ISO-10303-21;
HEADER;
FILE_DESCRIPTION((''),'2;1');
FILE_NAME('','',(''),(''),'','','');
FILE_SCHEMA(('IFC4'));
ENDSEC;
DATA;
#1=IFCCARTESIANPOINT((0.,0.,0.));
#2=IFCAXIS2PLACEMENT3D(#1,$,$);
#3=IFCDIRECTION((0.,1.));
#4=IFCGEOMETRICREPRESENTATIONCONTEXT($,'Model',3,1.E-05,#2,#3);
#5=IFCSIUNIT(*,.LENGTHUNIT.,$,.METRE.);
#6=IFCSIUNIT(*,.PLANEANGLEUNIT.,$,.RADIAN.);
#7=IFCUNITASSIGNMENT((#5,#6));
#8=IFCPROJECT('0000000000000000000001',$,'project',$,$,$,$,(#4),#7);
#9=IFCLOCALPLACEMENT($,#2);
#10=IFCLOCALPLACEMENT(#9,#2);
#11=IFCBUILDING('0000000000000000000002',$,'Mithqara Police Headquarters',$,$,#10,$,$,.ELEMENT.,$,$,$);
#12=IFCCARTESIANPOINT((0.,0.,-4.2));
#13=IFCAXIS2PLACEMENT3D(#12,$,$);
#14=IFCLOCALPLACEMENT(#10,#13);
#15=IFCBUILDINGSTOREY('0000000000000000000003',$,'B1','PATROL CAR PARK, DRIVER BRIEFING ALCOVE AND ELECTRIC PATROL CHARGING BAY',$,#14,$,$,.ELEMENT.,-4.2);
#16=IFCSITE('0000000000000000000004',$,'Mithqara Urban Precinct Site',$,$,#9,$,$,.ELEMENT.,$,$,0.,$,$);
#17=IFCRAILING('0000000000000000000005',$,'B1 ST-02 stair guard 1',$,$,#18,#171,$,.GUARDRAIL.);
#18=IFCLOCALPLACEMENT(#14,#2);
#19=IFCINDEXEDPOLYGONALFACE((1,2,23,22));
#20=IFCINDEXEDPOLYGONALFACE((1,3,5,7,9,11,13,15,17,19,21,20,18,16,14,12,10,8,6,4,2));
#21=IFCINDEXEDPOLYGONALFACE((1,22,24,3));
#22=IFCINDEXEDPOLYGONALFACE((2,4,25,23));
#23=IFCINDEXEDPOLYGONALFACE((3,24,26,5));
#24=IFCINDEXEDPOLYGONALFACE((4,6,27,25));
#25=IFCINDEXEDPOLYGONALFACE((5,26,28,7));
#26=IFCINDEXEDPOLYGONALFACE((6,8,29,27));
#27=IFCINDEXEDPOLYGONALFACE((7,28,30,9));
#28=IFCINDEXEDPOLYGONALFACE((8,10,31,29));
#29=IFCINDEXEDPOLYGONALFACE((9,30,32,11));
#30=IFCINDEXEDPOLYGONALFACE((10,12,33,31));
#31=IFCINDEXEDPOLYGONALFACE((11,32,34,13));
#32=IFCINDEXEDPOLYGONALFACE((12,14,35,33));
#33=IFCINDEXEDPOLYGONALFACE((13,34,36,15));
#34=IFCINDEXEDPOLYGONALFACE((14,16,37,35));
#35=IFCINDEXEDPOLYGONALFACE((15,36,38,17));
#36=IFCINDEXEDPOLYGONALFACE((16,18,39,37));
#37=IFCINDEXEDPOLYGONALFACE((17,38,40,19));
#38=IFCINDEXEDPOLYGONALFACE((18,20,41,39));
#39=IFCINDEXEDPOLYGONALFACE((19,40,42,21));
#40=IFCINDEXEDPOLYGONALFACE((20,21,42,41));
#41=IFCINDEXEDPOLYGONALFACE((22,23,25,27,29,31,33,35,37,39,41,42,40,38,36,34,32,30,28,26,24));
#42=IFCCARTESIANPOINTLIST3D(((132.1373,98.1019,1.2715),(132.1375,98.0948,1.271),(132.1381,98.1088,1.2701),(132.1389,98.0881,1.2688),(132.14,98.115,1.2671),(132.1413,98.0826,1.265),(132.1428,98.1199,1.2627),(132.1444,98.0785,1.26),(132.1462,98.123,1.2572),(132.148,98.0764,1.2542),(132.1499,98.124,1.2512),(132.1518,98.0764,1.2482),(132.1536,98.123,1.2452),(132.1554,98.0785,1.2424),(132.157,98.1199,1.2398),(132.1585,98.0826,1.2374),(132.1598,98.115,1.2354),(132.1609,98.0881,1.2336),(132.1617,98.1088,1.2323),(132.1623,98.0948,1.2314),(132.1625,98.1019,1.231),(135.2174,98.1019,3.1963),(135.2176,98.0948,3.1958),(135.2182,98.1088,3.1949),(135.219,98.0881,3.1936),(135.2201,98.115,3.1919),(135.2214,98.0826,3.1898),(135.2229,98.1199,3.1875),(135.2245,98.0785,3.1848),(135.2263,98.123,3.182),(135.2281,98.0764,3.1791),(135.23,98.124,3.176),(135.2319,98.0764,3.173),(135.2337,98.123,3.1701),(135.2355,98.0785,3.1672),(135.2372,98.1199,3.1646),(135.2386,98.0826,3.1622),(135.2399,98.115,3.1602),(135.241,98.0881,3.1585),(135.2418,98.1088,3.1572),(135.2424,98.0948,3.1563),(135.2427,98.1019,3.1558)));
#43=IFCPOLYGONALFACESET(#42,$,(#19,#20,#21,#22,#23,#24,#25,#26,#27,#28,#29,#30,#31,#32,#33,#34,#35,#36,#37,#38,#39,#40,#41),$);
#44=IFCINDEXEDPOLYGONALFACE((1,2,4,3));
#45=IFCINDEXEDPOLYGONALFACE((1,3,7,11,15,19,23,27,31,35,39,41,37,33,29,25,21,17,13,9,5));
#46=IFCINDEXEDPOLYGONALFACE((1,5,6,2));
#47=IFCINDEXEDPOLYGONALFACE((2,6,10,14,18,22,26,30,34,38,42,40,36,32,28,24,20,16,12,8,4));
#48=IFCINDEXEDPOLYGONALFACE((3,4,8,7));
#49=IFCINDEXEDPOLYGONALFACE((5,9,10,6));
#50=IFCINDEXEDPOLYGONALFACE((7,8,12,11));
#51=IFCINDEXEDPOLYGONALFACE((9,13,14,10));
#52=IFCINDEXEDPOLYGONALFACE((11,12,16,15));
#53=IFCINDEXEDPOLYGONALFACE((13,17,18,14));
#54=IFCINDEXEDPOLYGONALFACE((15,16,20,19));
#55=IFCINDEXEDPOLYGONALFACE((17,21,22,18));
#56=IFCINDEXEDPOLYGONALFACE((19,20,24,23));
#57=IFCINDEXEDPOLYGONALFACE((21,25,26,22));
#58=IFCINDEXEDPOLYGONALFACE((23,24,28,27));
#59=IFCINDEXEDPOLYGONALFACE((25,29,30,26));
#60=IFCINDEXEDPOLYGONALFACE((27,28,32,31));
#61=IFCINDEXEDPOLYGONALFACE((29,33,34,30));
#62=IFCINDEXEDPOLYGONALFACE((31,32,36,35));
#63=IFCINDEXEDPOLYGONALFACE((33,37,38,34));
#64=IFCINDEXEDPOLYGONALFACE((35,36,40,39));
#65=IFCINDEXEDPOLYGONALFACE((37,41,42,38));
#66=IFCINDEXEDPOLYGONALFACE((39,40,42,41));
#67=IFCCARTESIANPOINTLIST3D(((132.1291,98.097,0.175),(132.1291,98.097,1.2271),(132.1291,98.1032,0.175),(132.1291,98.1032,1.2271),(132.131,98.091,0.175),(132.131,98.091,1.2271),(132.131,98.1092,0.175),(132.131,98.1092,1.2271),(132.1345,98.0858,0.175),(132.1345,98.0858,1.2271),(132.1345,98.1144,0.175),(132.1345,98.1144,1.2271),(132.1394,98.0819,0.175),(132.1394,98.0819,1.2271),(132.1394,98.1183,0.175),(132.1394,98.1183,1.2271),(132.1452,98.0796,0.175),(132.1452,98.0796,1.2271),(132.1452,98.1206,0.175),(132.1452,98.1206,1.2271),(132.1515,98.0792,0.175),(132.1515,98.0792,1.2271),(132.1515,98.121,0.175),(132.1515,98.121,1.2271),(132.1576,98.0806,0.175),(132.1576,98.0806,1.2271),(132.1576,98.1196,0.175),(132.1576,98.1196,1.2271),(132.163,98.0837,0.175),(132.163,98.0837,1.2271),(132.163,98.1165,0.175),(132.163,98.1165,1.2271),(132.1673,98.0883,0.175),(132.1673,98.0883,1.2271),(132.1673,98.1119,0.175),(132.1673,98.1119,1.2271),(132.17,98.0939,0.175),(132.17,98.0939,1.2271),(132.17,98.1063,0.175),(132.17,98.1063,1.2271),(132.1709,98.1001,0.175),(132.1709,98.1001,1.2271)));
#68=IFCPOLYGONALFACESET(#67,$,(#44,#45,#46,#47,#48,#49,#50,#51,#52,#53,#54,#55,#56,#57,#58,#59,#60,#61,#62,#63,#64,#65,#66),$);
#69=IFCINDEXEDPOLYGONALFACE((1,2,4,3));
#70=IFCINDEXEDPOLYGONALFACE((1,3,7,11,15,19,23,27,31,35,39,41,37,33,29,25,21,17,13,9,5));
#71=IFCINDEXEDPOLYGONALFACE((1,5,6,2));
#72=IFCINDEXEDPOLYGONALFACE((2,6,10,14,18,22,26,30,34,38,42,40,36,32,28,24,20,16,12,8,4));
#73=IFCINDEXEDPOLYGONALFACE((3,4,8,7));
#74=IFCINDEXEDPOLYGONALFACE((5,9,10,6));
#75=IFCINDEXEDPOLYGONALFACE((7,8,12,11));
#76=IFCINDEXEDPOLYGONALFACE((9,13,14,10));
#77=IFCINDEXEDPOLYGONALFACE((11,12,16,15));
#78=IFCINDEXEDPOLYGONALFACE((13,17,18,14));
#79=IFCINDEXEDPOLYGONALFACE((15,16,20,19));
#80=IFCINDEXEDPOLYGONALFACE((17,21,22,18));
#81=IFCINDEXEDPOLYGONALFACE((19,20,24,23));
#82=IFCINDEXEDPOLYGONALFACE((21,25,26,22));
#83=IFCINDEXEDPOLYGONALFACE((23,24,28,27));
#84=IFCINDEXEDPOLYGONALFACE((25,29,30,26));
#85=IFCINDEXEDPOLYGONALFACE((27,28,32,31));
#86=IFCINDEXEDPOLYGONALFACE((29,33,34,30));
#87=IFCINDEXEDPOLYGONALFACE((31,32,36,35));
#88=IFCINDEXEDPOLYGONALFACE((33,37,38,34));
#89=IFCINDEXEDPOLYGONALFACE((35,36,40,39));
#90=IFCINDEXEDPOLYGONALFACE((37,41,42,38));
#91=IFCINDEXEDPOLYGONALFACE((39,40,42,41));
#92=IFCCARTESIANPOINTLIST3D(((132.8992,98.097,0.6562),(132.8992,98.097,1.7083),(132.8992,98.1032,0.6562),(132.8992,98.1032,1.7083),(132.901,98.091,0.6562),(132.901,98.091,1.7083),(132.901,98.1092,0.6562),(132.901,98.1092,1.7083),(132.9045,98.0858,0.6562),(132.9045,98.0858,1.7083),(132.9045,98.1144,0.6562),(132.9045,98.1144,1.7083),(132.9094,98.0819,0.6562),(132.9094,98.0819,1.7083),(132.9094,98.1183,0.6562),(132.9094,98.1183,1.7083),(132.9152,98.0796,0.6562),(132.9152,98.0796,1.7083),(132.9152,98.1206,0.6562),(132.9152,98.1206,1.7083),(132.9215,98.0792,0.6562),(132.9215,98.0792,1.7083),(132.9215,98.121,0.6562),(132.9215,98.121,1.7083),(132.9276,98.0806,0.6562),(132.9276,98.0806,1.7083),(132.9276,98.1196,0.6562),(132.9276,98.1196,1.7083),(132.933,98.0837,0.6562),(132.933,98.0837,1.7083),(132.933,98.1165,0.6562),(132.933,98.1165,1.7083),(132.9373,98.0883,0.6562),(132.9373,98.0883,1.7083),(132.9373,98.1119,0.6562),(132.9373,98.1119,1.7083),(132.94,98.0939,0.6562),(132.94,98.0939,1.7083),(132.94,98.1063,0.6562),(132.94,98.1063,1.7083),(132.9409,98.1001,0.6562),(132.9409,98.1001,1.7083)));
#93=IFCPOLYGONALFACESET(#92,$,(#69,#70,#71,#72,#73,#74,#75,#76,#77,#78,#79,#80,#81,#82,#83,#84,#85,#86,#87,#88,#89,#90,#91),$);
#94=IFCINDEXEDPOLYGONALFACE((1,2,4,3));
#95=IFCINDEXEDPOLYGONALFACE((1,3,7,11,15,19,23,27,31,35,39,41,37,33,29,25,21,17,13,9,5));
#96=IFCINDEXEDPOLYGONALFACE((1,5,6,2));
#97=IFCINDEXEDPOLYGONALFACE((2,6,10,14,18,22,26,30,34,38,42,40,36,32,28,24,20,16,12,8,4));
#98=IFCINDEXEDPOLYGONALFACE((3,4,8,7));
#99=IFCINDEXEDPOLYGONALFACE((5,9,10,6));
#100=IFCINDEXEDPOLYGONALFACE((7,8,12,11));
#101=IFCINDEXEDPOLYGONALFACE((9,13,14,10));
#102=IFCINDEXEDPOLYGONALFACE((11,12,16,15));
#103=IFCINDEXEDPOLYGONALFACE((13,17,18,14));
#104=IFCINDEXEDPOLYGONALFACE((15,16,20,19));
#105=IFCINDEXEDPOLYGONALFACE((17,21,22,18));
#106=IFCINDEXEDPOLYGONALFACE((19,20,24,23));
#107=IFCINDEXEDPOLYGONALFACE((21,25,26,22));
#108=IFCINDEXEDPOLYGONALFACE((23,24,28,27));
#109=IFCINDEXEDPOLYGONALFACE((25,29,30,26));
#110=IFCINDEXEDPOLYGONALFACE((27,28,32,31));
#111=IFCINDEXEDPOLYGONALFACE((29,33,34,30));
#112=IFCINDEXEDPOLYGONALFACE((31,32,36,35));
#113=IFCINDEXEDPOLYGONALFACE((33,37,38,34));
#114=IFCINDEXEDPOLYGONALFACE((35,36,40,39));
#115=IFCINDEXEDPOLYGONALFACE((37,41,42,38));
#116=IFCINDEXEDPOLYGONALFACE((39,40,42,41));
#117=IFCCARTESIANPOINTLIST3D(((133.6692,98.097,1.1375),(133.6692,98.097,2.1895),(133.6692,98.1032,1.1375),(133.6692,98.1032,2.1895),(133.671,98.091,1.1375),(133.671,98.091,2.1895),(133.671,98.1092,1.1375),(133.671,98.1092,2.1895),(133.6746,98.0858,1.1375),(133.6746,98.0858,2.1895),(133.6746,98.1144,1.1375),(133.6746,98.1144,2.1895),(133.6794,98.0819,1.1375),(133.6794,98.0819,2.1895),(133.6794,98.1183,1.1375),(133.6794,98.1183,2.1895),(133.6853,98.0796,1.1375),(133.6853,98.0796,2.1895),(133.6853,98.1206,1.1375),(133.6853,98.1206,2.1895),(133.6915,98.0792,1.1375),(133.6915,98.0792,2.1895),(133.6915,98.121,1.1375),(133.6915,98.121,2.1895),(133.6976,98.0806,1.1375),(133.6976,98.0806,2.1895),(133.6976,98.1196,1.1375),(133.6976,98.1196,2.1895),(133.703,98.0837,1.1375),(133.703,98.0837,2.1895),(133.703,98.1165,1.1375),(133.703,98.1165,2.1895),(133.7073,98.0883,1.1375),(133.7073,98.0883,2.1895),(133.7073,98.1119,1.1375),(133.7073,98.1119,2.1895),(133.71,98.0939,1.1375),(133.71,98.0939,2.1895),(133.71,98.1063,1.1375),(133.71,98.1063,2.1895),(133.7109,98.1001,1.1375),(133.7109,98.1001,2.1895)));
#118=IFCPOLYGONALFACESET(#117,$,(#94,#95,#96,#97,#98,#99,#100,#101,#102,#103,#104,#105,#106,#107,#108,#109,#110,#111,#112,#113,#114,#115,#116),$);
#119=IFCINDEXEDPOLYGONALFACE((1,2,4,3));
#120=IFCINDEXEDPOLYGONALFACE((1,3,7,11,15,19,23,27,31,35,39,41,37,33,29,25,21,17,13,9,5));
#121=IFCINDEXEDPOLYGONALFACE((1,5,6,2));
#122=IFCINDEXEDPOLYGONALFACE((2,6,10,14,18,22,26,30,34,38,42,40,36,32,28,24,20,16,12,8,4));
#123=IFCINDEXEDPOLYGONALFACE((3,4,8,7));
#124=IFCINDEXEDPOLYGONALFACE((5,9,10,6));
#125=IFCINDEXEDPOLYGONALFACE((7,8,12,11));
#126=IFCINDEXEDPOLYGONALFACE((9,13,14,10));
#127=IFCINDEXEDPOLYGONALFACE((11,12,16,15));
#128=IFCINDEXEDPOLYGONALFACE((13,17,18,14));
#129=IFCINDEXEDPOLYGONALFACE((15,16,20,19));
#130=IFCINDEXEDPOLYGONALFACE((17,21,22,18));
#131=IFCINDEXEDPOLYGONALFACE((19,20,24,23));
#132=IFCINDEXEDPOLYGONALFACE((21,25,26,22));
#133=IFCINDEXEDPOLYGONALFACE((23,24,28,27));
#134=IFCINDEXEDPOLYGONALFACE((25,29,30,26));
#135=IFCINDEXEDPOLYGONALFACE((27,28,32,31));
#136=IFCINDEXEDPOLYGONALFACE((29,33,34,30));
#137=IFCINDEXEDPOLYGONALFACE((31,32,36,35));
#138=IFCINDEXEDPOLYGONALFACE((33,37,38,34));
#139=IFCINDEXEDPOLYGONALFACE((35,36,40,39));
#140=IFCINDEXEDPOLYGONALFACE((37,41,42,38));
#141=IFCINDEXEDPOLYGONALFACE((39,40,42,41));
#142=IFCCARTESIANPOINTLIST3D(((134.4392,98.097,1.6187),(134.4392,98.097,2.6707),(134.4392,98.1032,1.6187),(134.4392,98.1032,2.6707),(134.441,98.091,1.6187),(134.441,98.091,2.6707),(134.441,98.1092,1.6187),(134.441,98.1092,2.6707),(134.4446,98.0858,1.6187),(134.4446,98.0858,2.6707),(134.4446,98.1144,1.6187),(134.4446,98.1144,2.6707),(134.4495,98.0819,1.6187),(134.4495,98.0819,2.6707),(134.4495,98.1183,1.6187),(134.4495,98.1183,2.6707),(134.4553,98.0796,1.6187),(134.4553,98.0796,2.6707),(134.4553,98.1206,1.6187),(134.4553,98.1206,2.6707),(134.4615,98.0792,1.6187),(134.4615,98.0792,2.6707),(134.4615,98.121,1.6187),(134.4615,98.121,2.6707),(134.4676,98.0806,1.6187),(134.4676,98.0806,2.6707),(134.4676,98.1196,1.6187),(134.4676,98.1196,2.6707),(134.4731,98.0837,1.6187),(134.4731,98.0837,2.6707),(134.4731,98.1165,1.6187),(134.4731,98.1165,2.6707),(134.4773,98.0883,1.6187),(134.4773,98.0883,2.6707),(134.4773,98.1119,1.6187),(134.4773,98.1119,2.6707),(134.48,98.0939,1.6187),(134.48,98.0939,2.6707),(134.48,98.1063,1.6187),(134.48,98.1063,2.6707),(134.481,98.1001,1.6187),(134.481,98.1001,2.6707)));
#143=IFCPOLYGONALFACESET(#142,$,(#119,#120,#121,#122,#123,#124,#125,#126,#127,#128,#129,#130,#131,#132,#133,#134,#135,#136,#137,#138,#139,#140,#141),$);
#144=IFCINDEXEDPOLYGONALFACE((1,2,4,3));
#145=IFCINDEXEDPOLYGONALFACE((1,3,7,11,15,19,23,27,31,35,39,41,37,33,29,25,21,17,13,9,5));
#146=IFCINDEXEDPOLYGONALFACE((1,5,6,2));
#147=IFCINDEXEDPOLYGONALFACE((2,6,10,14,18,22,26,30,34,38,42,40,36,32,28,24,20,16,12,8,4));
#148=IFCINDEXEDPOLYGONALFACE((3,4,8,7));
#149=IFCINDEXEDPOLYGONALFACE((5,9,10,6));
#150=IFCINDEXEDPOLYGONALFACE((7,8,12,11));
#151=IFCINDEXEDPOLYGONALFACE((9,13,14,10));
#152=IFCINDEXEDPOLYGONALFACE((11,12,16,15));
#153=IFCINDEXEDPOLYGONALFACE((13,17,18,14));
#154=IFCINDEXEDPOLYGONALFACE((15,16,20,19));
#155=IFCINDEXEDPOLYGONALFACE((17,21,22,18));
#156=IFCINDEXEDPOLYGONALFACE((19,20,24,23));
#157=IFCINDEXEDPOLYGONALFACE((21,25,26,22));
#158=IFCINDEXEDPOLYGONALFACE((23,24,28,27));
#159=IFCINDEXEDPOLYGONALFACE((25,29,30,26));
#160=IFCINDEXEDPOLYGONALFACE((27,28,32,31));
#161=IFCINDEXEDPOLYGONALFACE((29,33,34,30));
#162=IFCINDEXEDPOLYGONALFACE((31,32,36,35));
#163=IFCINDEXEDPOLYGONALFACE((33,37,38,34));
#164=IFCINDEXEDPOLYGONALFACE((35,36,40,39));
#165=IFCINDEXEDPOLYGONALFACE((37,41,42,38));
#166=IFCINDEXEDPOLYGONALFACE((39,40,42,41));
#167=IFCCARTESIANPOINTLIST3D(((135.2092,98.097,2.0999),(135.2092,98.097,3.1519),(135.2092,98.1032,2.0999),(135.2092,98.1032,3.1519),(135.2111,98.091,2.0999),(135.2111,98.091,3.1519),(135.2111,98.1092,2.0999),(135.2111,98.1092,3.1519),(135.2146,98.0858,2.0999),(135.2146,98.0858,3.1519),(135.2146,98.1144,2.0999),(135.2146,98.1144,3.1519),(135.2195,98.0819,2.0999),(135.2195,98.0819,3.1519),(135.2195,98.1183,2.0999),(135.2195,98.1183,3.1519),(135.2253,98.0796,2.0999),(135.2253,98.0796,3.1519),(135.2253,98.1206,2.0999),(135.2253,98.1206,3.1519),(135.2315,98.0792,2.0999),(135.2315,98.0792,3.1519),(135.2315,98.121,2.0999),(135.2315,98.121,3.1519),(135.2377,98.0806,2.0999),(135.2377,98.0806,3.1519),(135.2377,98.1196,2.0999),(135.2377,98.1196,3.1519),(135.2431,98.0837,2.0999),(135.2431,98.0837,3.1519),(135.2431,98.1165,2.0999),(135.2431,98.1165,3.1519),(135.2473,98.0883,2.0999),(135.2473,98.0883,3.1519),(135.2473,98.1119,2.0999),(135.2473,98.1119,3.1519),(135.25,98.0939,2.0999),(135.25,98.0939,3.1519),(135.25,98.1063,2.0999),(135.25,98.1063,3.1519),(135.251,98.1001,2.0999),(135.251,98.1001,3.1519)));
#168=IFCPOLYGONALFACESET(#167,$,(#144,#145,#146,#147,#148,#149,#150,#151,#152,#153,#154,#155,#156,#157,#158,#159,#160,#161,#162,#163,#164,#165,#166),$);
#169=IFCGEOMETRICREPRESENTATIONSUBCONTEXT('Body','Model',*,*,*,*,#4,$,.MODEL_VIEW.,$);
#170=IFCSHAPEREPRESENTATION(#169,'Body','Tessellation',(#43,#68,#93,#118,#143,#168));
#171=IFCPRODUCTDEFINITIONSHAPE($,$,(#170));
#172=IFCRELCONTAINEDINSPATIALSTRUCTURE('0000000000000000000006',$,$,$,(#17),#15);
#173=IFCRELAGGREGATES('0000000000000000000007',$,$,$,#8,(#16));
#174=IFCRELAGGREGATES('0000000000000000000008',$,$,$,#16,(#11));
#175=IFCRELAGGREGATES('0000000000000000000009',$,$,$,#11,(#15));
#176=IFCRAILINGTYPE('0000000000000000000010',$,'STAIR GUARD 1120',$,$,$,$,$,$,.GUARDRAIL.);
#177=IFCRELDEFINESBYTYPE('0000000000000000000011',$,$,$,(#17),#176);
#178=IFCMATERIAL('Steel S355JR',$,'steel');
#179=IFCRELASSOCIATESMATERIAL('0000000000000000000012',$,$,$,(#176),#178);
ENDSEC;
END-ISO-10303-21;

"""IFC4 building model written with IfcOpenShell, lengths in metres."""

from ifc_helpers import new_model, si_unit, direction, frame, origin, origin_2d, place, context, subcontext, project, spatial, circle, extrude, material, type_object, element, save


model = new_model("IFC4")

# Units and contexts
model_context = context("Model", 3, precision=1e-05, world=origin(), true_north=direction((0.0, 1.0)))
body_context = subcontext(model_context, "Body", "Model", "MODEL_VIEW")
ifc_project = project(units=[si_unit("LENGTHUNIT", "METRE"), si_unit("PLANEANGLEUNIT", "RADIAN")], contexts=[model_context])

# Site, building, storey
site_placement = place(None, origin())
site = spatial("IfcSite", under=ifc_project, at=site_placement, Name="Mithqara Urban Precinct Site", CompositionType="ELEMENT", RefElevation=0.0)
building_placement = place(site_placement, origin())
building = spatial("IfcBuilding", under=site, at=building_placement, Name="Mithqara Police Headquarters", CompositionType="ELEMENT")
storey_placement = place(building_placement, frame((0.0, 0.0, -4.2)))
storey = spatial("IfcBuildingStorey", under=building, at=storey_placement, Name="B1", Description="PATROL CAR PARK, DRIVER BRIEFING ALCOVE AND ELECTRIC PATROL CHARGING BAY", CompositionType="ELEMENT", Elevation=-4.2)

# Shared definitions
ifc_material_1 = material(Name="Steel S355JR", Category="steel")

# Railing
railing_type_1 = type_object("IfcRailingType", Name="STAIR GUARD 1120", PredefinedType="GUARDRAIL", material=ifc_material_1)
railing_1_placement = place(storey_placement, frame((132.1499, 98.1001, 0.175)))
element("IfcRailing", 1, at=railing_1_placement, inside=storey, type_object=railing_type_1, Name="B1 ST-02 stair guard 1", PredefinedType="GUARDRAIL", context=body_context, shape_type="SweptSolid", body=[
    extrude(circle(Radius=0.0239, at=origin_2d()), frame((0.0, 0.0, 1.0762), z_axis=(0.848029, 0.0, 0.529951), x_axis=(0.0, 1.0, 0.0)), (0.0, 0.0, 1.0), 3.6321),
    extrude(circle(Radius=0.021, at=origin_2d()), origin(), (0.0, 0.0, 1.0), 1.052),
    extrude(circle(Radius=0.021, at=origin_2d()), frame((0.77, 0.0, 0.4812)), (0.0, 0.0, 1.0), 1.052),
    extrude(circle(Radius=0.021, at=origin_2d()), frame((1.54, 0.0, 0.9624)), (0.0, 0.0, 1.0), 1.052),
    extrude(circle(Radius=0.021, at=origin_2d()), frame((2.3101, 0.0, 1.4436)), (0.0, 0.0, 1.0), 1.052),
    extrude(circle(Radius=0.021, at=origin_2d()), frame((3.0801, 0.0, 1.9248)), (0.0, 0.0, 1.0), 1.052),
])

save(model, "model.ifc")
